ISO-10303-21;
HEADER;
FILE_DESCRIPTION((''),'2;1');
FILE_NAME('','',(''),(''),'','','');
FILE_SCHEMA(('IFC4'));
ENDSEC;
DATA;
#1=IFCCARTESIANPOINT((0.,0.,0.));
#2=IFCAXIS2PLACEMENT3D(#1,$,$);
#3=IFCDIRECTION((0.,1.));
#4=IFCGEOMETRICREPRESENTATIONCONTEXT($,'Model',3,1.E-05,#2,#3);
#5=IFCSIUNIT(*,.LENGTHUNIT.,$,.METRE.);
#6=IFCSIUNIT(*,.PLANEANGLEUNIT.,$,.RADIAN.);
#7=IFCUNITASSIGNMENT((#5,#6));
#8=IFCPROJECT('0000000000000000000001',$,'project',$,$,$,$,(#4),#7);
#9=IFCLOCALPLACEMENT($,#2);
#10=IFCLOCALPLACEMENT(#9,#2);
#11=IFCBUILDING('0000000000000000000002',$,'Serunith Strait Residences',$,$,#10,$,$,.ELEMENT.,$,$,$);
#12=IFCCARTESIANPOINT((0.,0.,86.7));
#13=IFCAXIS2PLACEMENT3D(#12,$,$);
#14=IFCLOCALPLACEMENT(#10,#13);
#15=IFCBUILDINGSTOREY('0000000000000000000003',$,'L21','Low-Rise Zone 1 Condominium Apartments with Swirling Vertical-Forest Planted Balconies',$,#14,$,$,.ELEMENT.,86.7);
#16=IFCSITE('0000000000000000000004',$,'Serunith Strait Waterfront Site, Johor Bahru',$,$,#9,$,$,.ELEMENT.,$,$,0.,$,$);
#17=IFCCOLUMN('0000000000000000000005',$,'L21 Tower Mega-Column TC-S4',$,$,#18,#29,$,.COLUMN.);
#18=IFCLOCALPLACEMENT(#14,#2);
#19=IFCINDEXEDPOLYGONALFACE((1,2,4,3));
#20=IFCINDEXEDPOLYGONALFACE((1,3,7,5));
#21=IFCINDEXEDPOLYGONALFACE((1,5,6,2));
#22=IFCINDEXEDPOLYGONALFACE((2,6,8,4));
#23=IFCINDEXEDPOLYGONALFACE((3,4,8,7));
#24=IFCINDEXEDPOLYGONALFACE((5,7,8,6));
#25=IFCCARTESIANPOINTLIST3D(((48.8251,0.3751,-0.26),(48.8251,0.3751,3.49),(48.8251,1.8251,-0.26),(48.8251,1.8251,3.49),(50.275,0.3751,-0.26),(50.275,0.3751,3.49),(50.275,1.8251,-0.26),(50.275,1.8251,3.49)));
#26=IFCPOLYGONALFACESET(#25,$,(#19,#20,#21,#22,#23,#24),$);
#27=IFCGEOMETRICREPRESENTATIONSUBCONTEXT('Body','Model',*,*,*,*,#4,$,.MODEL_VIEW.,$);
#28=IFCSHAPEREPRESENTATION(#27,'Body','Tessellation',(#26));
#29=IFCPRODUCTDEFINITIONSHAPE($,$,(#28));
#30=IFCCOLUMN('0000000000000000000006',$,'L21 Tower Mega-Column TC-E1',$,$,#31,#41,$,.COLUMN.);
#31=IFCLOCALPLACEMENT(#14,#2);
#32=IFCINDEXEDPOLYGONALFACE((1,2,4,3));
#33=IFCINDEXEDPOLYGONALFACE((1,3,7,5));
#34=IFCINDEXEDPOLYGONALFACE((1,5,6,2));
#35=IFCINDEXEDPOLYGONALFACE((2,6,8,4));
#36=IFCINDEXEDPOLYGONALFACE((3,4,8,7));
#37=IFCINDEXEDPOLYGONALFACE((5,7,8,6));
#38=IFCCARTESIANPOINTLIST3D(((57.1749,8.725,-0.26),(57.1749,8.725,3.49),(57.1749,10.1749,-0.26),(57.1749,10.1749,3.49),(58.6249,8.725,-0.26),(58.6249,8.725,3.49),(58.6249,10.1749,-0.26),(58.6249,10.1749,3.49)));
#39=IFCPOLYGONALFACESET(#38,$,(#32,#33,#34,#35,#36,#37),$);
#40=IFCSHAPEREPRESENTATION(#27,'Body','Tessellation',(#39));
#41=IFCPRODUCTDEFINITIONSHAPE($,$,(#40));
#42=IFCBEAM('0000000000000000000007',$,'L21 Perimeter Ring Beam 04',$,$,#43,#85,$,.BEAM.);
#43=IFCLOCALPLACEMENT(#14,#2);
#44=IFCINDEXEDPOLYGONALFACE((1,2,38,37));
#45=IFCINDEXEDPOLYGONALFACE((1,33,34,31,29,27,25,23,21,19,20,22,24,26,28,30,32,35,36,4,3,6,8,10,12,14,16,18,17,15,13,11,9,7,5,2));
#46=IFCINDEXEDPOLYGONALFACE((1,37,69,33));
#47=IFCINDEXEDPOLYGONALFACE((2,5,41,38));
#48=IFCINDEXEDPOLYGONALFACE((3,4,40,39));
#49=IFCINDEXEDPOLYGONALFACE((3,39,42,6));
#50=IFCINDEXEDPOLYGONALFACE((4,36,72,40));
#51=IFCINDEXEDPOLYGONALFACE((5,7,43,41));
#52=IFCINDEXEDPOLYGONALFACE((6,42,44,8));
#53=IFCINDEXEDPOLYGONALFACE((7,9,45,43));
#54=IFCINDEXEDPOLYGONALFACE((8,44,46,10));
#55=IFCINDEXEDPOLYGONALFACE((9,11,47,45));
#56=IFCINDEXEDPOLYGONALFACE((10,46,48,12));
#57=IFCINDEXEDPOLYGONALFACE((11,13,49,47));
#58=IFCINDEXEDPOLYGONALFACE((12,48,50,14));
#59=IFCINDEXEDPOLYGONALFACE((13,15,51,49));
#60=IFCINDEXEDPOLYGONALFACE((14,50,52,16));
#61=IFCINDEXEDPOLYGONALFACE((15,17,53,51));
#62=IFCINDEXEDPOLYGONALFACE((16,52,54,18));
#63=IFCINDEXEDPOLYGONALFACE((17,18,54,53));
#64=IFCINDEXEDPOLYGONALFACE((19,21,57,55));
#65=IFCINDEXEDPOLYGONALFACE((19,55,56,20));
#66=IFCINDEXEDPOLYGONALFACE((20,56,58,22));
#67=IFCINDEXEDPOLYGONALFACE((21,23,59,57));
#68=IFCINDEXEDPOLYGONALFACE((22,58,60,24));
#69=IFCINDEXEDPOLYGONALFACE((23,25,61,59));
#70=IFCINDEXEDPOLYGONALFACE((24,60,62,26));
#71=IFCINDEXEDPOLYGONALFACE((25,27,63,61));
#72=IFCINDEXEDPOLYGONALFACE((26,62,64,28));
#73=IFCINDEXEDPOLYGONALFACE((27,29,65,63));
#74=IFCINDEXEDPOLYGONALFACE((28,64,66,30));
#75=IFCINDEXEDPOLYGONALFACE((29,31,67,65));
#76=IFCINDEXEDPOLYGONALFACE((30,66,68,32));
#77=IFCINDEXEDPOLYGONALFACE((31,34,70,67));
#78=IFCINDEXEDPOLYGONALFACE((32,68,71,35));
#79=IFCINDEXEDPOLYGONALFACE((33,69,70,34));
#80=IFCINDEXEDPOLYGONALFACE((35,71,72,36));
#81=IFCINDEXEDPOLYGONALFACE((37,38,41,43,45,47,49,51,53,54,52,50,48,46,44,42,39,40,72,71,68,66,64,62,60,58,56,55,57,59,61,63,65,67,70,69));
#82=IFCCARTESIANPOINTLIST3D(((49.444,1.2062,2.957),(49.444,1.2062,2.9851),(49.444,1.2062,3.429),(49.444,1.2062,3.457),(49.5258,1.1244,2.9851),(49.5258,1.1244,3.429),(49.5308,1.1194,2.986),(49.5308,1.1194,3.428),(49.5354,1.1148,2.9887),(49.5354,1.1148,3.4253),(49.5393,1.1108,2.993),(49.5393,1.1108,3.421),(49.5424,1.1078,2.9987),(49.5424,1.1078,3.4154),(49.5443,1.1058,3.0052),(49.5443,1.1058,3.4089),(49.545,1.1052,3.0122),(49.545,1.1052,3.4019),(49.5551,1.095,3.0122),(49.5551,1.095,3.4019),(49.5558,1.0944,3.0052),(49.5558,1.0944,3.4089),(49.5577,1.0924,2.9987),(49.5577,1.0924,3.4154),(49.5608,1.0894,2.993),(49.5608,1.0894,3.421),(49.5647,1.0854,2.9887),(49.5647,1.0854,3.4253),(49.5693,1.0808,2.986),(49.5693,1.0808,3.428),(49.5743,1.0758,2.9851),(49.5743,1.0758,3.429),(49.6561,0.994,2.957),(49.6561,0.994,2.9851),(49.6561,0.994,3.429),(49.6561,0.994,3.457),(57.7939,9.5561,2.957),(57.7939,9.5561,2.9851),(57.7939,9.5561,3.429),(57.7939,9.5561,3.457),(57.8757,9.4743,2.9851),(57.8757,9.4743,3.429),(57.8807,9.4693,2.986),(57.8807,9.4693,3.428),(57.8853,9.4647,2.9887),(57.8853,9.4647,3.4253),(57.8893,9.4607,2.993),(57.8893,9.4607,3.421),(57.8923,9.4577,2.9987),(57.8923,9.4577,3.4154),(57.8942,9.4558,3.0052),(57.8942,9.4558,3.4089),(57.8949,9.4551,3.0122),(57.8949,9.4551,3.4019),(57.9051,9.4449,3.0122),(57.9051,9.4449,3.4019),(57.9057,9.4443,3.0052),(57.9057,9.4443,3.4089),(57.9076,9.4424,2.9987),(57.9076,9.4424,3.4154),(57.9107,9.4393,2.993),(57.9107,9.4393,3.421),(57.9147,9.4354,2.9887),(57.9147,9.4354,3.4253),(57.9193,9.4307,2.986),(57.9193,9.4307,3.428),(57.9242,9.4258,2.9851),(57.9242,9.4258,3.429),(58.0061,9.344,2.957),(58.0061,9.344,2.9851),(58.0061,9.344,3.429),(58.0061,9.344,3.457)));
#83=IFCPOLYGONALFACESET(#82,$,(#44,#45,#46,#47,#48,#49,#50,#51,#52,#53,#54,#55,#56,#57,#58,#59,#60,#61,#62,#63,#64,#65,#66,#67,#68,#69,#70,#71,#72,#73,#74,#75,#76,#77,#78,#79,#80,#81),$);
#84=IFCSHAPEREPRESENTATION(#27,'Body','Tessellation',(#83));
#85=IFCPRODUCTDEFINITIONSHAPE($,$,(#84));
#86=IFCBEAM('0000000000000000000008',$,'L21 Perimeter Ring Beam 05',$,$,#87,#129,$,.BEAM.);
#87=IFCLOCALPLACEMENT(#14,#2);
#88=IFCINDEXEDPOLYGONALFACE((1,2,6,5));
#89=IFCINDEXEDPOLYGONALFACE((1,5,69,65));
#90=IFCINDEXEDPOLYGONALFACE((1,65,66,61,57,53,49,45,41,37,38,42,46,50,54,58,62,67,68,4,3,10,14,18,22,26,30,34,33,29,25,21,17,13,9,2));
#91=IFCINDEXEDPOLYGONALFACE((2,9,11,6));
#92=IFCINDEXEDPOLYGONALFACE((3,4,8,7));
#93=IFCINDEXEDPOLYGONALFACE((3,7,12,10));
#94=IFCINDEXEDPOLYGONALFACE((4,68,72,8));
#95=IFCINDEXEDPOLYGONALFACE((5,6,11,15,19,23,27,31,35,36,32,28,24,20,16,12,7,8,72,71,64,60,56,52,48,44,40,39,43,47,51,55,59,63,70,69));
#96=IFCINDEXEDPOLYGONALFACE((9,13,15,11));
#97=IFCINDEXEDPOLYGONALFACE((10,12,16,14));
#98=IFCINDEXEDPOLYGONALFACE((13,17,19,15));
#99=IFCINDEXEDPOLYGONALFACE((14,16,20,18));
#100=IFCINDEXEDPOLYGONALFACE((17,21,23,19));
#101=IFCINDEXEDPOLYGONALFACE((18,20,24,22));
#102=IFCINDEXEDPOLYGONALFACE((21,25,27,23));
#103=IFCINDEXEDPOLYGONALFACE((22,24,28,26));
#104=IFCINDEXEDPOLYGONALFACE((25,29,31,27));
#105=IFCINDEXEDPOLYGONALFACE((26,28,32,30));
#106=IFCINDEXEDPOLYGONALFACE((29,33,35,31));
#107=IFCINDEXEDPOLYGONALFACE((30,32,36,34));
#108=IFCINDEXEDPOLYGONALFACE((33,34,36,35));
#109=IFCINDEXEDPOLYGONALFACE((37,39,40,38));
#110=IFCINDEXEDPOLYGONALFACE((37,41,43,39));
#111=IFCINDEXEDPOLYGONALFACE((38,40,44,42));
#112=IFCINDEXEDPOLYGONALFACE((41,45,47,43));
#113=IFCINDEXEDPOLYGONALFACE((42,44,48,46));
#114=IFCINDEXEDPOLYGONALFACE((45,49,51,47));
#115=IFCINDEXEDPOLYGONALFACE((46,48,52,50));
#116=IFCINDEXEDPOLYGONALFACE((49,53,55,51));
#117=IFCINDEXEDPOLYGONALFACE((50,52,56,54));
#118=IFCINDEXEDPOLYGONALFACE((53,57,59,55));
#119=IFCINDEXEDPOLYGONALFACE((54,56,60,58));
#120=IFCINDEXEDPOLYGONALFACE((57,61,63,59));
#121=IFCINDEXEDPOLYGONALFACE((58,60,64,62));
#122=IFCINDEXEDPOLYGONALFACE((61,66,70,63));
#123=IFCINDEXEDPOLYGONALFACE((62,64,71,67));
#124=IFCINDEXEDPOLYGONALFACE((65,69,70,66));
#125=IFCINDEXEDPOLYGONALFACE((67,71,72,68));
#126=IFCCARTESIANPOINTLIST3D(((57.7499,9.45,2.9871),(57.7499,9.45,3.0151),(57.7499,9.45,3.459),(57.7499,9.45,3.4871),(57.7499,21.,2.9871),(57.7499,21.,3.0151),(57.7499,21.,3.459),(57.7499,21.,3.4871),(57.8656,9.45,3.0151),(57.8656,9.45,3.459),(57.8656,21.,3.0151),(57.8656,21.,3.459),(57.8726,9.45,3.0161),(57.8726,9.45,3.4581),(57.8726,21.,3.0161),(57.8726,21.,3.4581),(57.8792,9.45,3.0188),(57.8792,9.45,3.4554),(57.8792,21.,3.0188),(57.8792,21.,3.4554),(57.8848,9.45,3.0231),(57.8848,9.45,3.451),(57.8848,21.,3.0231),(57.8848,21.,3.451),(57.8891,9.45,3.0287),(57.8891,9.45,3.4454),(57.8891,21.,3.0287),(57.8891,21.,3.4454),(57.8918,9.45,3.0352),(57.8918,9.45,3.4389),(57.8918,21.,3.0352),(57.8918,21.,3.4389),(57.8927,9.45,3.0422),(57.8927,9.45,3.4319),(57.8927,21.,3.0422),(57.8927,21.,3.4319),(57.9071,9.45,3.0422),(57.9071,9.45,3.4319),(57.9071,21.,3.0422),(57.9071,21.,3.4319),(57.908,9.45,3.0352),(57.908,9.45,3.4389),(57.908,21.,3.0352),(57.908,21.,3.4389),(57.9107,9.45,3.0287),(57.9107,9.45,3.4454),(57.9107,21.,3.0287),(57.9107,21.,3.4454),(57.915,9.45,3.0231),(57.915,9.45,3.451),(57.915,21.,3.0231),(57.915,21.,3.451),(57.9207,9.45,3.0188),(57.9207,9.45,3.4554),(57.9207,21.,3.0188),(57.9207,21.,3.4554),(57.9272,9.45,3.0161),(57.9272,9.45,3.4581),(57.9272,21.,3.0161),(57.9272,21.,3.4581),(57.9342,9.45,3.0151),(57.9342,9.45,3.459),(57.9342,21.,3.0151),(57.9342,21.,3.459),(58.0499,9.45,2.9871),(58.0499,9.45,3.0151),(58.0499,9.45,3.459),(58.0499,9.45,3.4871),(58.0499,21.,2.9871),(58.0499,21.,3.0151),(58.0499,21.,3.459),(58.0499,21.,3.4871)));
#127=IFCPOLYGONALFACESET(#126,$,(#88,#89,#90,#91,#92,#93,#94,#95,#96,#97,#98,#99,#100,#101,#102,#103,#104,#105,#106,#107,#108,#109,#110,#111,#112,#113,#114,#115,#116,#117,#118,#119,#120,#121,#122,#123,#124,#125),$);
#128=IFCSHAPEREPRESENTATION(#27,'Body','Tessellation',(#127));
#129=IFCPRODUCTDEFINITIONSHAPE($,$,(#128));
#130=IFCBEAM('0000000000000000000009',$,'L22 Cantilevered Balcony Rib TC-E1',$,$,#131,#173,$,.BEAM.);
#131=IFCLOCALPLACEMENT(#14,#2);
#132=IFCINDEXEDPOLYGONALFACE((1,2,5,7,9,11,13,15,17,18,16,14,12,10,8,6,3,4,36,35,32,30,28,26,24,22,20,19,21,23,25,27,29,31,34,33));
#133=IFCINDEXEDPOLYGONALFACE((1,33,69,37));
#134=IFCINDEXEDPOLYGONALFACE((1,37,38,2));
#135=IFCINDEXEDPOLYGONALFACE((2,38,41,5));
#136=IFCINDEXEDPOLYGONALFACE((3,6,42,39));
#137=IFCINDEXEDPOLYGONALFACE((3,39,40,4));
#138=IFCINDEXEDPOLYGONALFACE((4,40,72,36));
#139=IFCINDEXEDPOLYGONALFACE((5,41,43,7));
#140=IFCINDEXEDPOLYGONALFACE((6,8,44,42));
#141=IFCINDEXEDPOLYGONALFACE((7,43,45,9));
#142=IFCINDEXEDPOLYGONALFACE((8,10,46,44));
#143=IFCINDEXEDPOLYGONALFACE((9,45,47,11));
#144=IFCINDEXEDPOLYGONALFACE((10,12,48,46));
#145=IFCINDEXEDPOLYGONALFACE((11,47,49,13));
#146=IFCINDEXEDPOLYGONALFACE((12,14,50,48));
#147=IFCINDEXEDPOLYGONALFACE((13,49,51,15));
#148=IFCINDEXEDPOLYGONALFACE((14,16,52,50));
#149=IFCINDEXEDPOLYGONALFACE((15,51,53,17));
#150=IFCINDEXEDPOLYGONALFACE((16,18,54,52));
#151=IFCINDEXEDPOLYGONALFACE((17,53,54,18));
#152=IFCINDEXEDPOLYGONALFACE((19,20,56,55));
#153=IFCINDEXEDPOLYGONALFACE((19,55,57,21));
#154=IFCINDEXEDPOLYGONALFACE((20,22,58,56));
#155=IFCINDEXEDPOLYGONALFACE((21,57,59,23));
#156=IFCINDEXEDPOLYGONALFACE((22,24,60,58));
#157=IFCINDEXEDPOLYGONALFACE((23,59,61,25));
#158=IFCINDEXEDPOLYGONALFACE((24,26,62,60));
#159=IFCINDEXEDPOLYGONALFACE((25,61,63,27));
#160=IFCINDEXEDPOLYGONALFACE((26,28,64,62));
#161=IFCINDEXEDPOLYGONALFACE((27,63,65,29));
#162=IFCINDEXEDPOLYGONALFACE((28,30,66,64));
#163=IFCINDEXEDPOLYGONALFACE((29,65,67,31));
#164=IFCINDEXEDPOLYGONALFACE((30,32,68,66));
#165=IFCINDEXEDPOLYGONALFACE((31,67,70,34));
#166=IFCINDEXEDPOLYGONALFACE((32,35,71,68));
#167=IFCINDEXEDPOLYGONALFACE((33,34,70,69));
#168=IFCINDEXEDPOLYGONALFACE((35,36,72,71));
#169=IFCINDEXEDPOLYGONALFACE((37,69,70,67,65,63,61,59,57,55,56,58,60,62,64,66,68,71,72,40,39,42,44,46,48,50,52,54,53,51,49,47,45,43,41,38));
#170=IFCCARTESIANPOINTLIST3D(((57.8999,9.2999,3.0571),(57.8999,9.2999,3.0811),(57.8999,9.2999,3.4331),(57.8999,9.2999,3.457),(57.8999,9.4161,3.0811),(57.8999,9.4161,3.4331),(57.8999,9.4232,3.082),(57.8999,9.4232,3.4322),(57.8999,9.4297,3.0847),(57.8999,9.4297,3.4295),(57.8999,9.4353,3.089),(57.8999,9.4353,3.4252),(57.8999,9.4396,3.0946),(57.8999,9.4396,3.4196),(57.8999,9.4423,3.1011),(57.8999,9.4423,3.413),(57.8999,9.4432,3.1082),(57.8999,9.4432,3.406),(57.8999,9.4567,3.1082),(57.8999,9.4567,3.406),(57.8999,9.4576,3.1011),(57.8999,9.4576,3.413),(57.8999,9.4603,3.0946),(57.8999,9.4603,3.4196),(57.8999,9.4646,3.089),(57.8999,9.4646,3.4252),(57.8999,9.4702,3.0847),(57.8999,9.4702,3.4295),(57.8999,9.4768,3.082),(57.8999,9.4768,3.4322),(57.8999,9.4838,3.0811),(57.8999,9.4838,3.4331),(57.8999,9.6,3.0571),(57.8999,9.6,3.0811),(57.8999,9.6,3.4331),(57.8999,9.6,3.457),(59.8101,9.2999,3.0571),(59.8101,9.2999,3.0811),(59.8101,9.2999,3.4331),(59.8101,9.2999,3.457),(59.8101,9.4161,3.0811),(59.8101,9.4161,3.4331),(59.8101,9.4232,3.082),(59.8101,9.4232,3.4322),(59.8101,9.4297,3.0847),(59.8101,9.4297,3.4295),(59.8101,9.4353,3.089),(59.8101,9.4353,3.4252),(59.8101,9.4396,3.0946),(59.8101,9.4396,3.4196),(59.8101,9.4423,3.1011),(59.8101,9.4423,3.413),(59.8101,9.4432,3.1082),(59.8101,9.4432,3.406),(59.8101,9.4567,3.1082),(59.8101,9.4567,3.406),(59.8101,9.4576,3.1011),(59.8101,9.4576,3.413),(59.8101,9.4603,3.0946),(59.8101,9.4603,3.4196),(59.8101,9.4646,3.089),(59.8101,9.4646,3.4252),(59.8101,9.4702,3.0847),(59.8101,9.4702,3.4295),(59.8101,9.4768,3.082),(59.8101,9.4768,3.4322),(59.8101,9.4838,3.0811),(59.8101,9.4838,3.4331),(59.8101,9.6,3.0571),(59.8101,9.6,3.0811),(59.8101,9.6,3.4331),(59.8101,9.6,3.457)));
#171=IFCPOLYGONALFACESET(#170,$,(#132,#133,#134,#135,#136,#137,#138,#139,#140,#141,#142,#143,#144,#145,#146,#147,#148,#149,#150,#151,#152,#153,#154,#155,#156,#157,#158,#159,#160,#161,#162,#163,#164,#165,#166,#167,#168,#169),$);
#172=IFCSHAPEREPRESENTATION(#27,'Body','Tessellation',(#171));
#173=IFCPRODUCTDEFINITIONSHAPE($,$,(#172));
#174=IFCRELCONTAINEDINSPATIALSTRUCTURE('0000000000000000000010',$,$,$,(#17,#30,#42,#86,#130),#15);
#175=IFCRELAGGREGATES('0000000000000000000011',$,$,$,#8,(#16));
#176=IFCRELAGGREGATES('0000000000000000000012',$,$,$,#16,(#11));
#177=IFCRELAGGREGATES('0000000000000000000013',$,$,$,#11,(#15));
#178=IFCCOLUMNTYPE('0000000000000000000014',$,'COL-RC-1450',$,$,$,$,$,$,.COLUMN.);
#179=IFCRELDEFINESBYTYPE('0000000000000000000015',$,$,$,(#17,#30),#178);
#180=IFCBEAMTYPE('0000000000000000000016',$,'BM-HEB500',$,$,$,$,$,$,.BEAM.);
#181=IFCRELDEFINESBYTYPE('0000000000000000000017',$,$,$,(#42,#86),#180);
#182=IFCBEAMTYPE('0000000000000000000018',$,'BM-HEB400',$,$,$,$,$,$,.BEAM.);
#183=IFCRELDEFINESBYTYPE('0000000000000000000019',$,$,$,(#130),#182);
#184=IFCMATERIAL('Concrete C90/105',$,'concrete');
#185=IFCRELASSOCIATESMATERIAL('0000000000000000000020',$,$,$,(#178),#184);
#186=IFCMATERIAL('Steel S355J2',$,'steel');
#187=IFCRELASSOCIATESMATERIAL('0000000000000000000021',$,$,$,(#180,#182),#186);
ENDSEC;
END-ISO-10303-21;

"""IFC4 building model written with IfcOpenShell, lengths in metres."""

from ifc_helpers import new_model, si_unit, direction, frame, origin, origin_2d, place, context, subcontext, project, spatial, rectangle, i_section, extrude, source, transform, mapped, material, material_profile, profile_set, type_object, element, save


model = new_model("IFC4")

# Units and contexts
model_context = context("Model", 3, precision=1e-05, world=origin(), true_north=direction((0.0, 1.0)))
body_context = subcontext(model_context, "Body", "Model", "MODEL_VIEW")
ifc_project = project(units=[si_unit("LENGTHUNIT", "METRE"), si_unit("PLANEANGLEUNIT", "RADIAN")], contexts=[model_context])

# Site, building, storey
site_placement = place(None, origin())
site = spatial("IfcSite", under=ifc_project, at=site_placement, Name="Serunith Strait Waterfront Site, Johor Bahru", CompositionType="ELEMENT", RefElevation=0.0)
building_placement = place(site_placement, origin())
building = spatial("IfcBuilding", under=site, at=building_placement, Name="Serunith Strait Residences", CompositionType="ELEMENT")
storey_placement = place(building_placement, frame((0.0, 0.0, 86.7)))
storey = spatial("IfcBuildingStorey", under=building, at=storey_placement, Name="L21", Description="Low-Rise Zone 1 Condominium Apartments with Swirling Vertical-Forest Planted Balconies", CompositionType="ELEMENT", Elevation=86.7)

# Columns
ifc_material_1 = material(Name="Concrete C90/105", Category="concrete")
ifc_material_profile_1 = material_profile(ifc_material_1, rectangle(XDim=1.45, YDim=1.45, at=origin_2d()), Name="RC 1450x1450")
ifc_profile_set_1 = profile_set([ifc_material_profile_1], Name="Concrete C90/105")
column_type = type_object("IfcColumnType", Name="COL-RC-1450", PredefinedType="COLUMN", material=ifc_profile_set_1)
shared_shape_1 = source(origin(), body_context, "Body", "SweptSolid", [
    extrude(rectangle(XDim=1.45, YDim=1.45, at=origin_2d()), origin(), (0.0, 0.0, 1.0), 3.75),
])
for number, where, z_axis, x_axis, name in (
    (1, (49.55, 1.1001, -0.26), (0.0, 0.0, 1.0), (1.0, 0.0, 0.0), "L21 Tower Mega-Column TC-S4"),
    (2, (57.8999, 9.45, -0.26), (0.0, 0.0, 1.0), (1.0, 0.0, 0.0), "L21 Tower Mega-Column TC-E1"),
):
    element("IfcColumn", number, at=place(storey_placement, frame(where, z_axis=z_axis, x_axis=x_axis)), inside=storey, type_object=column_type, Name=name, PredefinedType="COLUMN", context=body_context, shape_type="MappedRepresentation", body=[
        mapped(shared_shape_1, transform((0.0, 0.0, 0.0), scale=1.0)),
    ])

# Beams
ifc_material_2 = material(Name="Steel S355J2", Category="steel")
ifc_material_profile_2 = material_profile(ifc_material_2, i_section(OverallWidth=0.3, OverallDepth=0.5, WebThickness=0.0144, FlangeThickness=0.0281, FilletRadius=0.0271, at=origin_2d()), Name="HEB 500")
ifc_profile_set_2 = profile_set([ifc_material_profile_2], Name="Steel S355J2")
beam_type_1 = type_object("IfcBeamType", Name="BM-HEB500", PredefinedType="BEAM", material=ifc_profile_set_2)
shared_shape_2 = source(origin(), body_context, "Body", "SweptSolid", [
    extrude(i_section(OverallWidth=0.3, OverallDepth=0.5, WebThickness=0.0144, FlangeThickness=0.0281, FilletRadius=0.0271, at=origin_2d()), origin(), (0.0, 0.0, 1.0), 11.8086),
])
beam_1_placement = place(storey_placement, frame((49.55, 1.1001, 3.207), z_axis=(0.707107, 0.707107, 0.0), x_axis=(-0.707107, 0.707107, 0.0)))
element("IfcBeam", 3, at=beam_1_placement, inside=storey, type_object=beam_type_1, Name="L21 Perimeter Ring Beam 04", PredefinedType="BEAM", context=body_context, shape_type="MappedRepresentation", body=[
    mapped(shared_shape_2, transform((0.0, 0.0, 0.0), scale=1.0)),
])
shared_shape_3 = source(origin(), body_context, "Body", "SweptSolid", [
    extrude(i_section(OverallWidth=0.3, OverallDepth=0.5, WebThickness=0.0144, FlangeThickness=0.0281, FilletRadius=0.0271, at=origin_2d()), origin(), (0.0, 0.0, 1.0), 11.55),
])
beam_2_placement = place(storey_placement, frame((57.8999, 9.45, 3.2371), z_axis=(0.0, 1.0, 0.0), x_axis=(-1.0, 0.0, 0.0)))
element("IfcBeam", 4, at=beam_2_placement, inside=storey, type_object=beam_type_1, Name="L21 Perimeter Ring Beam 05", PredefinedType="BEAM", context=body_context, shape_type="MappedRepresentation", body=[
    mapped(shared_shape_3, transform((0.0, 0.0, 0.0), scale=1.0)),
])
ifc_material_profile_3 = material_profile(ifc_material_2, i_section(OverallWidth=0.3, OverallDepth=0.3999, WebThickness=0.0134, FlangeThickness=0.0239, FilletRadius=0.0271, at=origin_2d()), Name="HEB 400")
ifc_profile_set_3 = profile_set([ifc_material_profile_3], Name="Steel S355J2")
beam_type_2 = type_object("IfcBeamType", Name="BM-HEB400", PredefinedType="BEAM", material=ifc_profile_set_3)
shared_shape_4 = source(origin(), body_context, "Body", "SweptSolid", [
    extrude(i_section(OverallWidth=0.3, OverallDepth=0.3999, WebThickness=0.0134, FlangeThickness=0.0239, FilletRadius=0.0271, at=origin_2d()), origin(), (0.0, 0.0, 1.0), 1.9102),
])
beam_3_placement = place(storey_placement, frame((57.8999, 9.45, 3.2571), z_axis=(1.0, 0.0, 0.0), x_axis=(0.0, 1.0, 0.0)))
element("IfcBeam", 5, at=beam_3_placement, inside=storey, type_object=beam_type_2, Name="L22 Cantilevered Balcony Rib TC-E1", PredefinedType="BEAM", context=body_context, shape_type="MappedRepresentation", body=[
    mapped(shared_shape_4, transform((0.0, 0.0, 0.0), scale=1.0)),
])

save(model, "model.ifc")
